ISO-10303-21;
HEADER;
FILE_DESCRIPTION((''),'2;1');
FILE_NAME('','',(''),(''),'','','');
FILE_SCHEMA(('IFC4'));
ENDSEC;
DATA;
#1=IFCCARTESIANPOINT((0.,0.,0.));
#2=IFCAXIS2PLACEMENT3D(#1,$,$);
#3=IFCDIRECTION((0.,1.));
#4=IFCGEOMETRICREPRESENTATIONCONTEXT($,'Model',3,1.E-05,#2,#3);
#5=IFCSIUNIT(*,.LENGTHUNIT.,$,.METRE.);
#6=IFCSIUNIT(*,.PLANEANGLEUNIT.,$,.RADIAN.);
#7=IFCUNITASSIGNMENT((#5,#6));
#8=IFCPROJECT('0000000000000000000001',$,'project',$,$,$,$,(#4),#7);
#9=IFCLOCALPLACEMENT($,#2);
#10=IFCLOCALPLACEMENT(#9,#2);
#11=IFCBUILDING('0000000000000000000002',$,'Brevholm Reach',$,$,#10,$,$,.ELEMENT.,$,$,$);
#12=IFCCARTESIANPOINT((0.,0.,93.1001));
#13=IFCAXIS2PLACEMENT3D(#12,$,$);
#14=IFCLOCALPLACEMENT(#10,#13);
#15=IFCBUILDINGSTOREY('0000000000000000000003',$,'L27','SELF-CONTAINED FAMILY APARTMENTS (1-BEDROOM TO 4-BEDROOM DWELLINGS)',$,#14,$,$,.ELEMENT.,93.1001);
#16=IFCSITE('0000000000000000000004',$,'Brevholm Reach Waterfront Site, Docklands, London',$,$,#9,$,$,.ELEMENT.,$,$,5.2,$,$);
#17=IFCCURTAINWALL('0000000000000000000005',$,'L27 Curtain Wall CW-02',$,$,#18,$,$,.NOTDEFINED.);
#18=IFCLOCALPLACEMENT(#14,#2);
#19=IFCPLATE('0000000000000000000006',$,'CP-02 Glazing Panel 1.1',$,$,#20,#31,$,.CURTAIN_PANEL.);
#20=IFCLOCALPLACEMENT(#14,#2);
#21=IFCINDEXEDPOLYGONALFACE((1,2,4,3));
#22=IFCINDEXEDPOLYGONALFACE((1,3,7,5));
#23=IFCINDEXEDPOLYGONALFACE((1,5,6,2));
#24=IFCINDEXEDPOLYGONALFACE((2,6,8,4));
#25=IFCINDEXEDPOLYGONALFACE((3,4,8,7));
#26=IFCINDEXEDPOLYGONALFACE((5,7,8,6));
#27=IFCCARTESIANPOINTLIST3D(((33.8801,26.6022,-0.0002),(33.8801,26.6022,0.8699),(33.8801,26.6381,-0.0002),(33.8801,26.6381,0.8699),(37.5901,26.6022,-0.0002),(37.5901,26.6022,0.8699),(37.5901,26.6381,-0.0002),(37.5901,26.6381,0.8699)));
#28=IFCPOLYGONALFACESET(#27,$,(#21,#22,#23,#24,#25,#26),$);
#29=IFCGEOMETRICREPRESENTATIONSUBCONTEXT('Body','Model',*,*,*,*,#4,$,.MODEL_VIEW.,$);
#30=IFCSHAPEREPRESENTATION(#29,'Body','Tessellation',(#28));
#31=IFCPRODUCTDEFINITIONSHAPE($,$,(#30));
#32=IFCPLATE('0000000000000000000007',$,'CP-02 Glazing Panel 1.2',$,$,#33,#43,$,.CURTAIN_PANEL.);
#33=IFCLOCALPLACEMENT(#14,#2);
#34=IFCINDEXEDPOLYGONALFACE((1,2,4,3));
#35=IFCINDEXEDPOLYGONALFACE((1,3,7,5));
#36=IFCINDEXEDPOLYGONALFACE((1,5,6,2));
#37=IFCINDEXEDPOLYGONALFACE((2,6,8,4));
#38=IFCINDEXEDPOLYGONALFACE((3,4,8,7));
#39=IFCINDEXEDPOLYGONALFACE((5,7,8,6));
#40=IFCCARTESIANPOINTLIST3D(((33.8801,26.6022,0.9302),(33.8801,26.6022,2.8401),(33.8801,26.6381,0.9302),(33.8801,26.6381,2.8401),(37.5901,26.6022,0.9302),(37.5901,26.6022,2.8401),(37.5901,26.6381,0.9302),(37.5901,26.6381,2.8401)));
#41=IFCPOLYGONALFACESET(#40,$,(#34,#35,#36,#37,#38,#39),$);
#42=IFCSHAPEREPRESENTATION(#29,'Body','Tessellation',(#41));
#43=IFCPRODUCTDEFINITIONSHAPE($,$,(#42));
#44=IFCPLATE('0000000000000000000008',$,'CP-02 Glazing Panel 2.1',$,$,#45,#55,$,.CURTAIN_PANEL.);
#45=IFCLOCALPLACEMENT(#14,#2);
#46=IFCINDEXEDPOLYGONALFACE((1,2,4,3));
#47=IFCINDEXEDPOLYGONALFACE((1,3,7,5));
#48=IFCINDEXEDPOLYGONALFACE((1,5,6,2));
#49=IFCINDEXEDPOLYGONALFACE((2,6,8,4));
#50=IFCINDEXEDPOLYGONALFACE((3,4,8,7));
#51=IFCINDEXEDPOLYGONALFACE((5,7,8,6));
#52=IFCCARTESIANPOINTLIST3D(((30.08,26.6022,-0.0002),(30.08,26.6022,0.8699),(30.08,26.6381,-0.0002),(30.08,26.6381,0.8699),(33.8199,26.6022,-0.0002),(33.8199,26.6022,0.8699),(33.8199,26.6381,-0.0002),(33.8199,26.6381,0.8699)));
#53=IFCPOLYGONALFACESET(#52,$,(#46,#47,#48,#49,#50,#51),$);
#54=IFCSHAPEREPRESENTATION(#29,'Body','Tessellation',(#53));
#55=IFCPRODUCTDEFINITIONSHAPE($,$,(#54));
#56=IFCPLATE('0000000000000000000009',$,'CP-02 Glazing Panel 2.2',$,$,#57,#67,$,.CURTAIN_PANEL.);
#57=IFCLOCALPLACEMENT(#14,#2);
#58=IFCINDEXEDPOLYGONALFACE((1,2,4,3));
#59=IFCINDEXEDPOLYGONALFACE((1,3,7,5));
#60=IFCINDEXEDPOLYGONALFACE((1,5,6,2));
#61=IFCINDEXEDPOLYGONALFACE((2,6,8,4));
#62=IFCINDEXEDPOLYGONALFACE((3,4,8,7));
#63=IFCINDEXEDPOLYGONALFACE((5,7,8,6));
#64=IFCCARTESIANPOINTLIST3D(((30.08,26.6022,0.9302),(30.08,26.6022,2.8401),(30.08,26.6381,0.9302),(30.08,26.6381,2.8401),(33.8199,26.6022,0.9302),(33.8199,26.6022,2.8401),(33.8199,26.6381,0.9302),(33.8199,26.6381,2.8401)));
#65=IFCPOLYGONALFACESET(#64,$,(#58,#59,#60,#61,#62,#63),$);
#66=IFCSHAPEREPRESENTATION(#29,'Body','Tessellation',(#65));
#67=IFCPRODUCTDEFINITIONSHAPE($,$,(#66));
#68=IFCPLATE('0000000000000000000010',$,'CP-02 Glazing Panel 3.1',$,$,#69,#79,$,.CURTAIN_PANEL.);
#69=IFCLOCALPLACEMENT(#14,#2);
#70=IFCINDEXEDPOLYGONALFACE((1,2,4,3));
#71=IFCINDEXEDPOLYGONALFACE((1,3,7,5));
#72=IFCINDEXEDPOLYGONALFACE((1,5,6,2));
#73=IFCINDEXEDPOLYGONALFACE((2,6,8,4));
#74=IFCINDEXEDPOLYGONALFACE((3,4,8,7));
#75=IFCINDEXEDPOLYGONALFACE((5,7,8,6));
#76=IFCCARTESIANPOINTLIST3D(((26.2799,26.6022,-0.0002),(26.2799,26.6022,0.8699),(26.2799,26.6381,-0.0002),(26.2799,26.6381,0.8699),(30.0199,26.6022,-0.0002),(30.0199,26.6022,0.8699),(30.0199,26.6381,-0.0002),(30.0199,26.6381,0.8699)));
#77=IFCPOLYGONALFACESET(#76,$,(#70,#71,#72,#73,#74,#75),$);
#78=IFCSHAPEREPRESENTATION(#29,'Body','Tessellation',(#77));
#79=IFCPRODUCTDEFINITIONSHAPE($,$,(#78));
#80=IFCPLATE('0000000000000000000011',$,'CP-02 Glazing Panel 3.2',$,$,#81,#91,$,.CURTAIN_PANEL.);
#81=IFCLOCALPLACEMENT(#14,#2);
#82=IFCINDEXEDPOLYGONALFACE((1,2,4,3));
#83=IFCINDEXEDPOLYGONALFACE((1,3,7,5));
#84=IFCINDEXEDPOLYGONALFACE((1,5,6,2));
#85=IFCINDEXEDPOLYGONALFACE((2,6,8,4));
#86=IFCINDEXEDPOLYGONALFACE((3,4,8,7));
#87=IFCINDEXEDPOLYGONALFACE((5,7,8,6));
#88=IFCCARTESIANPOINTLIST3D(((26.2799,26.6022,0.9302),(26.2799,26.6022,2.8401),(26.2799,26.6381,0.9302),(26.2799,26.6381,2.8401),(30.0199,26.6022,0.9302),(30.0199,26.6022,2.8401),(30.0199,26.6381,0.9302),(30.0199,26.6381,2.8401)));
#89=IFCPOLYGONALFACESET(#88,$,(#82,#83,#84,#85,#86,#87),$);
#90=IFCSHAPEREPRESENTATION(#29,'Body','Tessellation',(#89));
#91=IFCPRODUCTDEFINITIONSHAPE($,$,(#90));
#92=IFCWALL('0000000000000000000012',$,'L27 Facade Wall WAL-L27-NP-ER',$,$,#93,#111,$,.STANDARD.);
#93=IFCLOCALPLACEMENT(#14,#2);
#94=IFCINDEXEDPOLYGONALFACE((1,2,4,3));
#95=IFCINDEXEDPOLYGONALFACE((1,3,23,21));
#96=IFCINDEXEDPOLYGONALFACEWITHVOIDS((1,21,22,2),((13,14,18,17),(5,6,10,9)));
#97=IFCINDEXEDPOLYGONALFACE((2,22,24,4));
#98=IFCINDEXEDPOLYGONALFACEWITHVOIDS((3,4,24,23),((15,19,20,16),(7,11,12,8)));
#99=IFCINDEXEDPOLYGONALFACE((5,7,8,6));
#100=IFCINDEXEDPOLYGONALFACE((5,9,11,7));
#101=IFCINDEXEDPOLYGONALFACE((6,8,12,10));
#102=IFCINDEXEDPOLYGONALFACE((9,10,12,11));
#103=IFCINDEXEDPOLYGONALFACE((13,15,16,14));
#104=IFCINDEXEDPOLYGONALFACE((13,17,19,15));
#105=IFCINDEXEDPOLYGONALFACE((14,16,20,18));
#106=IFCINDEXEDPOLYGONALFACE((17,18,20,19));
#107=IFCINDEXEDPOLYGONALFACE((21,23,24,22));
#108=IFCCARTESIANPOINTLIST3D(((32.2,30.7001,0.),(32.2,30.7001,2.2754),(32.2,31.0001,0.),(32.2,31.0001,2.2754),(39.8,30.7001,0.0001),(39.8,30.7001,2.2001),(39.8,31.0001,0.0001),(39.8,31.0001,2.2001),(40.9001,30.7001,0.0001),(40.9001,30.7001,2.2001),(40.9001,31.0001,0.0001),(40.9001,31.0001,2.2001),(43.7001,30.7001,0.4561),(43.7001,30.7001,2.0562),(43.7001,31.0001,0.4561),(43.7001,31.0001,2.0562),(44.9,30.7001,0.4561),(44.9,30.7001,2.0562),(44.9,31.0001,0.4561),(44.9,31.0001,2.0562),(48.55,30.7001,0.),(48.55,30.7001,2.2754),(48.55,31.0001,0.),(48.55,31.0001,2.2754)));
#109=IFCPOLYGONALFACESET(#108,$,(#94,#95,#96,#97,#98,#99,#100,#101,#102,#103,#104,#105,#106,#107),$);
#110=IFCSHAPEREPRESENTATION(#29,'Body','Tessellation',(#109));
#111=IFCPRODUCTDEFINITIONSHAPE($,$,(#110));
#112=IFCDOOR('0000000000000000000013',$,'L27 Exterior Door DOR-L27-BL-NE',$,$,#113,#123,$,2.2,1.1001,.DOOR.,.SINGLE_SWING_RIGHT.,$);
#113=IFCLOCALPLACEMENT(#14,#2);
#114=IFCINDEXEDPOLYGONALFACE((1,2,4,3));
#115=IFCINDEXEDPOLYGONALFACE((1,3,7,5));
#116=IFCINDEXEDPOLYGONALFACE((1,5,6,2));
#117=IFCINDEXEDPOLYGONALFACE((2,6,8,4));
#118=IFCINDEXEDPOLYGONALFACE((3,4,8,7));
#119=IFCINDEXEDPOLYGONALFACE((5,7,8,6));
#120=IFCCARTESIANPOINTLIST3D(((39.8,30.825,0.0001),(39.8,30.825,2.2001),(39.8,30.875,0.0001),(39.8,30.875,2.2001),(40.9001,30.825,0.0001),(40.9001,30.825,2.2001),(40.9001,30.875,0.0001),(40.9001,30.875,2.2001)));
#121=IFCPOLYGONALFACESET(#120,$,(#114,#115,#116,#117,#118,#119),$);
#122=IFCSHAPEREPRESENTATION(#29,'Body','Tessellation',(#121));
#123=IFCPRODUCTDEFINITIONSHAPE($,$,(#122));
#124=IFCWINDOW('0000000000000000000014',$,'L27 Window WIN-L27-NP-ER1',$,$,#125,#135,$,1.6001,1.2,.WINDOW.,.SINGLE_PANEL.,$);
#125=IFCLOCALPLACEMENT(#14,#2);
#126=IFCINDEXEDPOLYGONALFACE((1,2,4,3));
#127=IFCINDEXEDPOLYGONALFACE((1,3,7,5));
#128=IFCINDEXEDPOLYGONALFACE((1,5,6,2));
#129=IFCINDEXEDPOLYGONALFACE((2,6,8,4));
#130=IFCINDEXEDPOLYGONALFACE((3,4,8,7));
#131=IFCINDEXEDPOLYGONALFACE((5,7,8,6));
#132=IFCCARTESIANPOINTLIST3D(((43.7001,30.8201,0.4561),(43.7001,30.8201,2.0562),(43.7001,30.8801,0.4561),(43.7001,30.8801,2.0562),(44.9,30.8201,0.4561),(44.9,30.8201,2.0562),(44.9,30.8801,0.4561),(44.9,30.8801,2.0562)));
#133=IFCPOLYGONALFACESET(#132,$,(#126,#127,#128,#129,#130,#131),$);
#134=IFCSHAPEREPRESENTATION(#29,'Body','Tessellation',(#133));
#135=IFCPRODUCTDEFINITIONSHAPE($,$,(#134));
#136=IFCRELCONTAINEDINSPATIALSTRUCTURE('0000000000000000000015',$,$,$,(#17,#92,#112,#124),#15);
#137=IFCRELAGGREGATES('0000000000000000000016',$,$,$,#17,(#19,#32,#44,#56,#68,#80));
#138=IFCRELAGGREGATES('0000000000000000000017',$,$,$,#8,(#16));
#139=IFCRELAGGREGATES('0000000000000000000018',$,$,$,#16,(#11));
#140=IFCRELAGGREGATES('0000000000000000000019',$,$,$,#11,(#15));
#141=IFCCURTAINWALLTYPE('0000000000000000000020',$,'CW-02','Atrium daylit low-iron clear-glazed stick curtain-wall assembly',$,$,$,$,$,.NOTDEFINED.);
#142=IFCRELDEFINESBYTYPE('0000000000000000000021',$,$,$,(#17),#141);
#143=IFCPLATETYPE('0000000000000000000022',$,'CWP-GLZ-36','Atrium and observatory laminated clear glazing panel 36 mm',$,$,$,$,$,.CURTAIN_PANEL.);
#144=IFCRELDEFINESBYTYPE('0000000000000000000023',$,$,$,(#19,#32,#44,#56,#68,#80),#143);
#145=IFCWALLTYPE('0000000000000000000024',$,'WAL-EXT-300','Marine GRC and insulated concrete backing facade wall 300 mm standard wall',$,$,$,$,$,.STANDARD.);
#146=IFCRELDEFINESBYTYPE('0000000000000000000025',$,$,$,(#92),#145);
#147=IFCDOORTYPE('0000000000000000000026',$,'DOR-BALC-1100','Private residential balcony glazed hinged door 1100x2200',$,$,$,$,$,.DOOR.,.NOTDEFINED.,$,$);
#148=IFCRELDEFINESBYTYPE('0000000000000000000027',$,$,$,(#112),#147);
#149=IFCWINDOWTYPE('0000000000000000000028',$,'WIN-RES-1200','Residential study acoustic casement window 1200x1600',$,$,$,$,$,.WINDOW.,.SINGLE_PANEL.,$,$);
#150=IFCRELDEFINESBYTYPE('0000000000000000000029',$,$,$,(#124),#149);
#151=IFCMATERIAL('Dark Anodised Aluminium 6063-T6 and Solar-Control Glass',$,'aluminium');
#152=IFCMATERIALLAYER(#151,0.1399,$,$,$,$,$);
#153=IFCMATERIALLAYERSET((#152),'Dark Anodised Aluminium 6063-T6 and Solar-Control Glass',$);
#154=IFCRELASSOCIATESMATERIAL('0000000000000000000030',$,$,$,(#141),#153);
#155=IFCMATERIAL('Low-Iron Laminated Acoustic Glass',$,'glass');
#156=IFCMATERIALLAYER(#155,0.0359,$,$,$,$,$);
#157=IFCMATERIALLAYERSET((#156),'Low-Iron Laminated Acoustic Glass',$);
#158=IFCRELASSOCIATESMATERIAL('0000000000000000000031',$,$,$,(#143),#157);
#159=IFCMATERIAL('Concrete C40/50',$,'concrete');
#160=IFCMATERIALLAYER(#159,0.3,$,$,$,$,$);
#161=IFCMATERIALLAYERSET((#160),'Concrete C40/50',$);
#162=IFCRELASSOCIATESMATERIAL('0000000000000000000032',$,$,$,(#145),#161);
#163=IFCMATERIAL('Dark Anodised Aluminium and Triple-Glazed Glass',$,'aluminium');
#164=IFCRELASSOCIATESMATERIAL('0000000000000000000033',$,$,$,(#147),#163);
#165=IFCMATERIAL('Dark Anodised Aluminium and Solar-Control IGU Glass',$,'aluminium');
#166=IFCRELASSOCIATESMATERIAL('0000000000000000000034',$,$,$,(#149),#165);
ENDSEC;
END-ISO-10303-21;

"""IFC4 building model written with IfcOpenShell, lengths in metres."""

from ifc_helpers import new_model, si_unit, direction, frame, frame_2d, origin, origin_2d, place, context, subcontext, project, spatial, rectangle, extrude, material, layer, layer_set, type_object, element, fill, aggregate, save


model = new_model("IFC4")

# Units and contexts
model_context = context("Model", 3, precision=1e-05, world=origin(), true_north=direction((0.0, 1.0)))
body_context = subcontext(model_context, "Body", "Model", "MODEL_VIEW")
ifc_project = project(units=[si_unit("LENGTHUNIT", "METRE"), si_unit("PLANEANGLEUNIT", "RADIAN")], contexts=[model_context])

# Site, building, storey
site_placement = place(None, origin())
site = spatial("IfcSite", under=ifc_project, at=site_placement, Name="Brevholm Reach Waterfront Site, Docklands, London", CompositionType="ELEMENT", RefElevation=5.2)
building_placement = place(site_placement, origin())
building = spatial("IfcBuilding", under=site, at=building_placement, Name="Brevholm Reach", CompositionType="ELEMENT")
storey_placement = place(building_placement, frame((0.0, 0.0, 93.1001)))
storey = spatial("IfcBuildingStorey", under=building, at=storey_placement, Name="L27", Description="SELF-CONTAINED FAMILY APARTMENTS (1-BEDROOM TO 4-BEDROOM DWELLINGS)", CompositionType="ELEMENT", Elevation=93.1001)

# Curtain wall
ifc_material_1 = material(Name="Dark Anodised Aluminium 6063-T6 and Solar-Control Glass", Category="aluminium")
ifc_layer_1 = layer(ifc_material_1, 0.1399)
ifc_layer_set_1 = layer_set([ifc_layer_1], Name="Dark Anodised Aluminium 6063-T6 and Solar-Control Glass")
curtain_wall_type_1 = type_object("IfcCurtainWallType", Name="CW-02", Description="Atrium daylit low-iron clear-glazed stick curtain-wall assembly", PredefinedType="NOTDEFINED", material=ifc_layer_set_1)
curtain_wall_1_placement = place(storey_placement, origin())
curtain_wall_1 = element("IfcCurtainWall", 1, at=curtain_wall_1_placement, inside=storey, type_object=curtain_wall_type_1, Name="L27 Curtain Wall CW-02", PredefinedType="NOTDEFINED")

# Plates
ifc_material_2 = material(Name="Low-Iron Laminated Acoustic Glass", Category="glass")
ifc_layer_2 = layer(ifc_material_2, 0.0359)
ifc_layer_set_2 = layer_set([ifc_layer_2], Name="Low-Iron Laminated Acoustic Glass")
plate_type_1 = type_object("IfcPlateType", Name="CWP-GLZ-36", Description="Atrium and observatory laminated clear glazing panel 36 mm", PredefinedType="CURTAIN_PANEL", material=ifc_layer_set_2)
plate_1_placement = place(storey_placement, frame((35.7351, 26.6201, -0.0002), z_axis=(0.0, 0.0, 1.0), x_axis=(-1.0, 0.0, 0.0)))
plate_1 = element("IfcPlate", 2, at=plate_1_placement, type_object=plate_type_1, Name="CP-02 Glazing Panel 1.1", PredefinedType="CURTAIN_PANEL", context=body_context, shape_type="SweptSolid", body=[
    extrude(rectangle(XDim=3.71, YDim=0.0359, at=origin_2d()), origin(), (0.0, 0.0, 1.0), 0.8701),
])
plate_2_placement = place(storey_placement, frame((35.7351, 26.6201, 0.9302), z_axis=(0.0, 0.0, 1.0), x_axis=(-1.0, 0.0, 0.0)))
plate_2 = element("IfcPlate", 3, at=plate_2_placement, type_object=plate_type_1, Name="CP-02 Glazing Panel 1.2", PredefinedType="CURTAIN_PANEL", context=body_context, shape_type="SweptSolid", body=[
    extrude(rectangle(XDim=3.71, YDim=0.0359, at=origin_2d()), origin(), (0.0, 0.0, 1.0), 1.9099),
])
plate_3_placement = place(storey_placement, frame((31.95, 26.6201, -0.0002), z_axis=(0.0, 0.0, 1.0), x_axis=(-1.0, 0.0, 0.0)))
plate_3 = element("IfcPlate", 4, at=plate_3_placement, type_object=plate_type_1, Name="CP-02 Glazing Panel 2.1", PredefinedType="CURTAIN_PANEL", context=body_context, shape_type="SweptSolid", body=[
    extrude(rectangle(XDim=3.74, YDim=0.0359, at=origin_2d()), origin(), (0.0, 0.0, 1.0), 0.8701),
])
plate_4_placement = place(storey_placement, frame((31.95, 26.6201, 0.9302), z_axis=(0.0, 0.0, 1.0), x_axis=(-1.0, 0.0, 0.0)))
plate_4 = element("IfcPlate", 5, at=plate_4_placement, type_object=plate_type_1, Name="CP-02 Glazing Panel 2.2", PredefinedType="CURTAIN_PANEL", context=body_context, shape_type="SweptSolid", body=[
    extrude(rectangle(XDim=3.74, YDim=0.0359, at=origin_2d()), origin(), (0.0, 0.0, 1.0), 1.9099),
])
plate_5_placement = place(storey_placement, frame((28.1499, 26.6201, -0.0002), z_axis=(0.0, 0.0, 1.0), x_axis=(-1.0, 0.0, 0.0)))
plate_5 = element("IfcPlate", 6, at=plate_5_placement, type_object=plate_type_1, Name="CP-02 Glazing Panel 3.1", PredefinedType="CURTAIN_PANEL", context=body_context, shape_type="SweptSolid", body=[
    extrude(rectangle(XDim=3.74, YDim=0.0359, at=origin_2d()), origin(), (0.0, 0.0, 1.0), 0.8701),
])
plate_6_placement = place(storey_placement, frame((28.1499, 26.6201, 0.9302), z_axis=(0.0, 0.0, 1.0), x_axis=(-1.0, 0.0, 0.0)))
plate_6 = element("IfcPlate", 7, at=plate_6_placement, type_object=plate_type_1, Name="CP-02 Glazing Panel 3.2", PredefinedType="CURTAIN_PANEL", context=body_context, shape_type="SweptSolid", body=[
    extrude(rectangle(XDim=3.74, YDim=0.0359, at=origin_2d()), origin(), (0.0, 0.0, 1.0), 1.9099),
])
aggregate(curtain_wall_1, [plate_1, plate_2, plate_3, plate_4, plate_5, plate_6])

# Wall, openings, door, window
ifc_material_3 = material(Name="Concrete C40/50", Category="concrete")
ifc_layer_3 = layer(ifc_material_3, 0.3)
ifc_layer_set_3 = layer_set([ifc_layer_3], Name="Concrete C40/50")
wall_type = type_object("IfcWallType", Name="WAL-EXT-300", Description="Marine GRC and insulated concrete backing facade wall 300 mm standard wall", PredefinedType="STANDARD", material=ifc_layer_set_3)
wall_placement = place(storey_placement, frame((32.2, 30.8501, 0.0), z_axis=(0.0, 0.0, 1.0), x_axis=(1.0, 0.0, 0.0)))
wall = element("IfcWall", 8, at=wall_placement, inside=storey, type_object=wall_type, Name="L27 Facade Wall WAL-L27-NP-ER", PredefinedType="STANDARD", context=body_context, shape_type="SweptSolid", body=[
    extrude(rectangle(XDim=16.3501, YDim=0.3, at=frame_2d((8.175, 0.0))), origin(), (0.0, 0.0, 1.0), 2.2754),
])
opening_1_placement = place(wall_placement, frame((7.6001, 0.0, 0.0)))
opening_1 = element("IfcOpeningElement", 9, at=opening_1_placement, cuts=wall, PredefinedType="OPENING", context=body_context, shape_type="SweptSolid", body=[
    extrude(rectangle(XDim=1.1001, YDim=2.2, at=frame_2d((0.55, 1.1001))), frame((0.0, 0.1599, 0.0), z_axis=(0.0, -1.0, 0.0), x_axis=(1.0, 0.0, 0.0)), (0.0, 0.0, 1.0), 0.3201),
])
opening_2_placement = place(wall_placement, frame((11.5, 0.0, 0.4561)))
opening_2 = element("IfcOpeningElement", 10, at=opening_2_placement, cuts=wall, PredefinedType="OPENING", context=body_context, shape_type="SweptSolid", body=[
    extrude(rectangle(XDim=1.2, YDim=1.6001, at=frame_2d((0.6001, 0.8))), frame((0.0, 0.1599, 0.0), z_axis=(0.0, -1.0, 0.0), x_axis=(1.0, 0.0, 0.0)), (0.0, 0.0, 1.0), 0.3201),
])
ifc_material_4 = material(Name="Dark Anodised Aluminium and Triple-Glazed Glass", Category="aluminium")
door_type = type_object("IfcDoorType", Name="DOR-BALC-1100", Description="Private residential balcony glazed hinged door 1100x2200", OperationType="NOTDEFINED", PredefinedType="DOOR", material=ifc_material_4)
door_placement = place(opening_1_placement, origin())
door = element("IfcDoor", 11, at=door_placement, inside=storey, type_object=door_type, Name="L27 Exterior Door DOR-L27-BL-NE", OperationType="SINGLE_SWING_RIGHT", OverallHeight=2.2, OverallWidth=1.1001, PredefinedType="DOOR", context=body_context, shape_type="SweptSolid", body=[
    extrude(rectangle(XDim=1.1001, YDim=2.2, at=frame_2d((0.55, 1.1001))), frame((0.0, 0.0249, 0.0), z_axis=(0.0, -1.0, 0.0), x_axis=(1.0, 0.0, 0.0)), (0.0, 0.0, 1.0), 0.05),
])
fill(opening_1, door)
ifc_material_5 = material(Name="Dark Anodised Aluminium and Solar-Control IGU Glass", Category="aluminium")
window_type = type_object("IfcWindowType", Name="WIN-RES-1200", Description="Residential study acoustic casement window 1200x1600", PartitioningType="SINGLE_PANEL", PredefinedType="WINDOW", material=ifc_material_5)
window_placement = place(opening_2_placement, origin())
window = element("IfcWindow", 12, at=window_placement, inside=storey, type_object=window_type, Name="L27 Window WIN-L27-NP-ER1", OverallHeight=1.6001, OverallWidth=1.2, PartitioningType="SINGLE_PANEL", PredefinedType="WINDOW", context=body_context, shape_type="SweptSolid", body=[
    extrude(rectangle(XDim=1.2, YDim=1.6001, at=frame_2d((0.6001, 0.8))), frame((0.0, 0.03, 0.0), z_axis=(0.0, -1.0, 0.0), x_axis=(1.0, 0.0, 0.0)), (0.0, 0.0, 1.0), 0.0601),
])
fill(opening_2, window)

save(model, "model.ifc")
